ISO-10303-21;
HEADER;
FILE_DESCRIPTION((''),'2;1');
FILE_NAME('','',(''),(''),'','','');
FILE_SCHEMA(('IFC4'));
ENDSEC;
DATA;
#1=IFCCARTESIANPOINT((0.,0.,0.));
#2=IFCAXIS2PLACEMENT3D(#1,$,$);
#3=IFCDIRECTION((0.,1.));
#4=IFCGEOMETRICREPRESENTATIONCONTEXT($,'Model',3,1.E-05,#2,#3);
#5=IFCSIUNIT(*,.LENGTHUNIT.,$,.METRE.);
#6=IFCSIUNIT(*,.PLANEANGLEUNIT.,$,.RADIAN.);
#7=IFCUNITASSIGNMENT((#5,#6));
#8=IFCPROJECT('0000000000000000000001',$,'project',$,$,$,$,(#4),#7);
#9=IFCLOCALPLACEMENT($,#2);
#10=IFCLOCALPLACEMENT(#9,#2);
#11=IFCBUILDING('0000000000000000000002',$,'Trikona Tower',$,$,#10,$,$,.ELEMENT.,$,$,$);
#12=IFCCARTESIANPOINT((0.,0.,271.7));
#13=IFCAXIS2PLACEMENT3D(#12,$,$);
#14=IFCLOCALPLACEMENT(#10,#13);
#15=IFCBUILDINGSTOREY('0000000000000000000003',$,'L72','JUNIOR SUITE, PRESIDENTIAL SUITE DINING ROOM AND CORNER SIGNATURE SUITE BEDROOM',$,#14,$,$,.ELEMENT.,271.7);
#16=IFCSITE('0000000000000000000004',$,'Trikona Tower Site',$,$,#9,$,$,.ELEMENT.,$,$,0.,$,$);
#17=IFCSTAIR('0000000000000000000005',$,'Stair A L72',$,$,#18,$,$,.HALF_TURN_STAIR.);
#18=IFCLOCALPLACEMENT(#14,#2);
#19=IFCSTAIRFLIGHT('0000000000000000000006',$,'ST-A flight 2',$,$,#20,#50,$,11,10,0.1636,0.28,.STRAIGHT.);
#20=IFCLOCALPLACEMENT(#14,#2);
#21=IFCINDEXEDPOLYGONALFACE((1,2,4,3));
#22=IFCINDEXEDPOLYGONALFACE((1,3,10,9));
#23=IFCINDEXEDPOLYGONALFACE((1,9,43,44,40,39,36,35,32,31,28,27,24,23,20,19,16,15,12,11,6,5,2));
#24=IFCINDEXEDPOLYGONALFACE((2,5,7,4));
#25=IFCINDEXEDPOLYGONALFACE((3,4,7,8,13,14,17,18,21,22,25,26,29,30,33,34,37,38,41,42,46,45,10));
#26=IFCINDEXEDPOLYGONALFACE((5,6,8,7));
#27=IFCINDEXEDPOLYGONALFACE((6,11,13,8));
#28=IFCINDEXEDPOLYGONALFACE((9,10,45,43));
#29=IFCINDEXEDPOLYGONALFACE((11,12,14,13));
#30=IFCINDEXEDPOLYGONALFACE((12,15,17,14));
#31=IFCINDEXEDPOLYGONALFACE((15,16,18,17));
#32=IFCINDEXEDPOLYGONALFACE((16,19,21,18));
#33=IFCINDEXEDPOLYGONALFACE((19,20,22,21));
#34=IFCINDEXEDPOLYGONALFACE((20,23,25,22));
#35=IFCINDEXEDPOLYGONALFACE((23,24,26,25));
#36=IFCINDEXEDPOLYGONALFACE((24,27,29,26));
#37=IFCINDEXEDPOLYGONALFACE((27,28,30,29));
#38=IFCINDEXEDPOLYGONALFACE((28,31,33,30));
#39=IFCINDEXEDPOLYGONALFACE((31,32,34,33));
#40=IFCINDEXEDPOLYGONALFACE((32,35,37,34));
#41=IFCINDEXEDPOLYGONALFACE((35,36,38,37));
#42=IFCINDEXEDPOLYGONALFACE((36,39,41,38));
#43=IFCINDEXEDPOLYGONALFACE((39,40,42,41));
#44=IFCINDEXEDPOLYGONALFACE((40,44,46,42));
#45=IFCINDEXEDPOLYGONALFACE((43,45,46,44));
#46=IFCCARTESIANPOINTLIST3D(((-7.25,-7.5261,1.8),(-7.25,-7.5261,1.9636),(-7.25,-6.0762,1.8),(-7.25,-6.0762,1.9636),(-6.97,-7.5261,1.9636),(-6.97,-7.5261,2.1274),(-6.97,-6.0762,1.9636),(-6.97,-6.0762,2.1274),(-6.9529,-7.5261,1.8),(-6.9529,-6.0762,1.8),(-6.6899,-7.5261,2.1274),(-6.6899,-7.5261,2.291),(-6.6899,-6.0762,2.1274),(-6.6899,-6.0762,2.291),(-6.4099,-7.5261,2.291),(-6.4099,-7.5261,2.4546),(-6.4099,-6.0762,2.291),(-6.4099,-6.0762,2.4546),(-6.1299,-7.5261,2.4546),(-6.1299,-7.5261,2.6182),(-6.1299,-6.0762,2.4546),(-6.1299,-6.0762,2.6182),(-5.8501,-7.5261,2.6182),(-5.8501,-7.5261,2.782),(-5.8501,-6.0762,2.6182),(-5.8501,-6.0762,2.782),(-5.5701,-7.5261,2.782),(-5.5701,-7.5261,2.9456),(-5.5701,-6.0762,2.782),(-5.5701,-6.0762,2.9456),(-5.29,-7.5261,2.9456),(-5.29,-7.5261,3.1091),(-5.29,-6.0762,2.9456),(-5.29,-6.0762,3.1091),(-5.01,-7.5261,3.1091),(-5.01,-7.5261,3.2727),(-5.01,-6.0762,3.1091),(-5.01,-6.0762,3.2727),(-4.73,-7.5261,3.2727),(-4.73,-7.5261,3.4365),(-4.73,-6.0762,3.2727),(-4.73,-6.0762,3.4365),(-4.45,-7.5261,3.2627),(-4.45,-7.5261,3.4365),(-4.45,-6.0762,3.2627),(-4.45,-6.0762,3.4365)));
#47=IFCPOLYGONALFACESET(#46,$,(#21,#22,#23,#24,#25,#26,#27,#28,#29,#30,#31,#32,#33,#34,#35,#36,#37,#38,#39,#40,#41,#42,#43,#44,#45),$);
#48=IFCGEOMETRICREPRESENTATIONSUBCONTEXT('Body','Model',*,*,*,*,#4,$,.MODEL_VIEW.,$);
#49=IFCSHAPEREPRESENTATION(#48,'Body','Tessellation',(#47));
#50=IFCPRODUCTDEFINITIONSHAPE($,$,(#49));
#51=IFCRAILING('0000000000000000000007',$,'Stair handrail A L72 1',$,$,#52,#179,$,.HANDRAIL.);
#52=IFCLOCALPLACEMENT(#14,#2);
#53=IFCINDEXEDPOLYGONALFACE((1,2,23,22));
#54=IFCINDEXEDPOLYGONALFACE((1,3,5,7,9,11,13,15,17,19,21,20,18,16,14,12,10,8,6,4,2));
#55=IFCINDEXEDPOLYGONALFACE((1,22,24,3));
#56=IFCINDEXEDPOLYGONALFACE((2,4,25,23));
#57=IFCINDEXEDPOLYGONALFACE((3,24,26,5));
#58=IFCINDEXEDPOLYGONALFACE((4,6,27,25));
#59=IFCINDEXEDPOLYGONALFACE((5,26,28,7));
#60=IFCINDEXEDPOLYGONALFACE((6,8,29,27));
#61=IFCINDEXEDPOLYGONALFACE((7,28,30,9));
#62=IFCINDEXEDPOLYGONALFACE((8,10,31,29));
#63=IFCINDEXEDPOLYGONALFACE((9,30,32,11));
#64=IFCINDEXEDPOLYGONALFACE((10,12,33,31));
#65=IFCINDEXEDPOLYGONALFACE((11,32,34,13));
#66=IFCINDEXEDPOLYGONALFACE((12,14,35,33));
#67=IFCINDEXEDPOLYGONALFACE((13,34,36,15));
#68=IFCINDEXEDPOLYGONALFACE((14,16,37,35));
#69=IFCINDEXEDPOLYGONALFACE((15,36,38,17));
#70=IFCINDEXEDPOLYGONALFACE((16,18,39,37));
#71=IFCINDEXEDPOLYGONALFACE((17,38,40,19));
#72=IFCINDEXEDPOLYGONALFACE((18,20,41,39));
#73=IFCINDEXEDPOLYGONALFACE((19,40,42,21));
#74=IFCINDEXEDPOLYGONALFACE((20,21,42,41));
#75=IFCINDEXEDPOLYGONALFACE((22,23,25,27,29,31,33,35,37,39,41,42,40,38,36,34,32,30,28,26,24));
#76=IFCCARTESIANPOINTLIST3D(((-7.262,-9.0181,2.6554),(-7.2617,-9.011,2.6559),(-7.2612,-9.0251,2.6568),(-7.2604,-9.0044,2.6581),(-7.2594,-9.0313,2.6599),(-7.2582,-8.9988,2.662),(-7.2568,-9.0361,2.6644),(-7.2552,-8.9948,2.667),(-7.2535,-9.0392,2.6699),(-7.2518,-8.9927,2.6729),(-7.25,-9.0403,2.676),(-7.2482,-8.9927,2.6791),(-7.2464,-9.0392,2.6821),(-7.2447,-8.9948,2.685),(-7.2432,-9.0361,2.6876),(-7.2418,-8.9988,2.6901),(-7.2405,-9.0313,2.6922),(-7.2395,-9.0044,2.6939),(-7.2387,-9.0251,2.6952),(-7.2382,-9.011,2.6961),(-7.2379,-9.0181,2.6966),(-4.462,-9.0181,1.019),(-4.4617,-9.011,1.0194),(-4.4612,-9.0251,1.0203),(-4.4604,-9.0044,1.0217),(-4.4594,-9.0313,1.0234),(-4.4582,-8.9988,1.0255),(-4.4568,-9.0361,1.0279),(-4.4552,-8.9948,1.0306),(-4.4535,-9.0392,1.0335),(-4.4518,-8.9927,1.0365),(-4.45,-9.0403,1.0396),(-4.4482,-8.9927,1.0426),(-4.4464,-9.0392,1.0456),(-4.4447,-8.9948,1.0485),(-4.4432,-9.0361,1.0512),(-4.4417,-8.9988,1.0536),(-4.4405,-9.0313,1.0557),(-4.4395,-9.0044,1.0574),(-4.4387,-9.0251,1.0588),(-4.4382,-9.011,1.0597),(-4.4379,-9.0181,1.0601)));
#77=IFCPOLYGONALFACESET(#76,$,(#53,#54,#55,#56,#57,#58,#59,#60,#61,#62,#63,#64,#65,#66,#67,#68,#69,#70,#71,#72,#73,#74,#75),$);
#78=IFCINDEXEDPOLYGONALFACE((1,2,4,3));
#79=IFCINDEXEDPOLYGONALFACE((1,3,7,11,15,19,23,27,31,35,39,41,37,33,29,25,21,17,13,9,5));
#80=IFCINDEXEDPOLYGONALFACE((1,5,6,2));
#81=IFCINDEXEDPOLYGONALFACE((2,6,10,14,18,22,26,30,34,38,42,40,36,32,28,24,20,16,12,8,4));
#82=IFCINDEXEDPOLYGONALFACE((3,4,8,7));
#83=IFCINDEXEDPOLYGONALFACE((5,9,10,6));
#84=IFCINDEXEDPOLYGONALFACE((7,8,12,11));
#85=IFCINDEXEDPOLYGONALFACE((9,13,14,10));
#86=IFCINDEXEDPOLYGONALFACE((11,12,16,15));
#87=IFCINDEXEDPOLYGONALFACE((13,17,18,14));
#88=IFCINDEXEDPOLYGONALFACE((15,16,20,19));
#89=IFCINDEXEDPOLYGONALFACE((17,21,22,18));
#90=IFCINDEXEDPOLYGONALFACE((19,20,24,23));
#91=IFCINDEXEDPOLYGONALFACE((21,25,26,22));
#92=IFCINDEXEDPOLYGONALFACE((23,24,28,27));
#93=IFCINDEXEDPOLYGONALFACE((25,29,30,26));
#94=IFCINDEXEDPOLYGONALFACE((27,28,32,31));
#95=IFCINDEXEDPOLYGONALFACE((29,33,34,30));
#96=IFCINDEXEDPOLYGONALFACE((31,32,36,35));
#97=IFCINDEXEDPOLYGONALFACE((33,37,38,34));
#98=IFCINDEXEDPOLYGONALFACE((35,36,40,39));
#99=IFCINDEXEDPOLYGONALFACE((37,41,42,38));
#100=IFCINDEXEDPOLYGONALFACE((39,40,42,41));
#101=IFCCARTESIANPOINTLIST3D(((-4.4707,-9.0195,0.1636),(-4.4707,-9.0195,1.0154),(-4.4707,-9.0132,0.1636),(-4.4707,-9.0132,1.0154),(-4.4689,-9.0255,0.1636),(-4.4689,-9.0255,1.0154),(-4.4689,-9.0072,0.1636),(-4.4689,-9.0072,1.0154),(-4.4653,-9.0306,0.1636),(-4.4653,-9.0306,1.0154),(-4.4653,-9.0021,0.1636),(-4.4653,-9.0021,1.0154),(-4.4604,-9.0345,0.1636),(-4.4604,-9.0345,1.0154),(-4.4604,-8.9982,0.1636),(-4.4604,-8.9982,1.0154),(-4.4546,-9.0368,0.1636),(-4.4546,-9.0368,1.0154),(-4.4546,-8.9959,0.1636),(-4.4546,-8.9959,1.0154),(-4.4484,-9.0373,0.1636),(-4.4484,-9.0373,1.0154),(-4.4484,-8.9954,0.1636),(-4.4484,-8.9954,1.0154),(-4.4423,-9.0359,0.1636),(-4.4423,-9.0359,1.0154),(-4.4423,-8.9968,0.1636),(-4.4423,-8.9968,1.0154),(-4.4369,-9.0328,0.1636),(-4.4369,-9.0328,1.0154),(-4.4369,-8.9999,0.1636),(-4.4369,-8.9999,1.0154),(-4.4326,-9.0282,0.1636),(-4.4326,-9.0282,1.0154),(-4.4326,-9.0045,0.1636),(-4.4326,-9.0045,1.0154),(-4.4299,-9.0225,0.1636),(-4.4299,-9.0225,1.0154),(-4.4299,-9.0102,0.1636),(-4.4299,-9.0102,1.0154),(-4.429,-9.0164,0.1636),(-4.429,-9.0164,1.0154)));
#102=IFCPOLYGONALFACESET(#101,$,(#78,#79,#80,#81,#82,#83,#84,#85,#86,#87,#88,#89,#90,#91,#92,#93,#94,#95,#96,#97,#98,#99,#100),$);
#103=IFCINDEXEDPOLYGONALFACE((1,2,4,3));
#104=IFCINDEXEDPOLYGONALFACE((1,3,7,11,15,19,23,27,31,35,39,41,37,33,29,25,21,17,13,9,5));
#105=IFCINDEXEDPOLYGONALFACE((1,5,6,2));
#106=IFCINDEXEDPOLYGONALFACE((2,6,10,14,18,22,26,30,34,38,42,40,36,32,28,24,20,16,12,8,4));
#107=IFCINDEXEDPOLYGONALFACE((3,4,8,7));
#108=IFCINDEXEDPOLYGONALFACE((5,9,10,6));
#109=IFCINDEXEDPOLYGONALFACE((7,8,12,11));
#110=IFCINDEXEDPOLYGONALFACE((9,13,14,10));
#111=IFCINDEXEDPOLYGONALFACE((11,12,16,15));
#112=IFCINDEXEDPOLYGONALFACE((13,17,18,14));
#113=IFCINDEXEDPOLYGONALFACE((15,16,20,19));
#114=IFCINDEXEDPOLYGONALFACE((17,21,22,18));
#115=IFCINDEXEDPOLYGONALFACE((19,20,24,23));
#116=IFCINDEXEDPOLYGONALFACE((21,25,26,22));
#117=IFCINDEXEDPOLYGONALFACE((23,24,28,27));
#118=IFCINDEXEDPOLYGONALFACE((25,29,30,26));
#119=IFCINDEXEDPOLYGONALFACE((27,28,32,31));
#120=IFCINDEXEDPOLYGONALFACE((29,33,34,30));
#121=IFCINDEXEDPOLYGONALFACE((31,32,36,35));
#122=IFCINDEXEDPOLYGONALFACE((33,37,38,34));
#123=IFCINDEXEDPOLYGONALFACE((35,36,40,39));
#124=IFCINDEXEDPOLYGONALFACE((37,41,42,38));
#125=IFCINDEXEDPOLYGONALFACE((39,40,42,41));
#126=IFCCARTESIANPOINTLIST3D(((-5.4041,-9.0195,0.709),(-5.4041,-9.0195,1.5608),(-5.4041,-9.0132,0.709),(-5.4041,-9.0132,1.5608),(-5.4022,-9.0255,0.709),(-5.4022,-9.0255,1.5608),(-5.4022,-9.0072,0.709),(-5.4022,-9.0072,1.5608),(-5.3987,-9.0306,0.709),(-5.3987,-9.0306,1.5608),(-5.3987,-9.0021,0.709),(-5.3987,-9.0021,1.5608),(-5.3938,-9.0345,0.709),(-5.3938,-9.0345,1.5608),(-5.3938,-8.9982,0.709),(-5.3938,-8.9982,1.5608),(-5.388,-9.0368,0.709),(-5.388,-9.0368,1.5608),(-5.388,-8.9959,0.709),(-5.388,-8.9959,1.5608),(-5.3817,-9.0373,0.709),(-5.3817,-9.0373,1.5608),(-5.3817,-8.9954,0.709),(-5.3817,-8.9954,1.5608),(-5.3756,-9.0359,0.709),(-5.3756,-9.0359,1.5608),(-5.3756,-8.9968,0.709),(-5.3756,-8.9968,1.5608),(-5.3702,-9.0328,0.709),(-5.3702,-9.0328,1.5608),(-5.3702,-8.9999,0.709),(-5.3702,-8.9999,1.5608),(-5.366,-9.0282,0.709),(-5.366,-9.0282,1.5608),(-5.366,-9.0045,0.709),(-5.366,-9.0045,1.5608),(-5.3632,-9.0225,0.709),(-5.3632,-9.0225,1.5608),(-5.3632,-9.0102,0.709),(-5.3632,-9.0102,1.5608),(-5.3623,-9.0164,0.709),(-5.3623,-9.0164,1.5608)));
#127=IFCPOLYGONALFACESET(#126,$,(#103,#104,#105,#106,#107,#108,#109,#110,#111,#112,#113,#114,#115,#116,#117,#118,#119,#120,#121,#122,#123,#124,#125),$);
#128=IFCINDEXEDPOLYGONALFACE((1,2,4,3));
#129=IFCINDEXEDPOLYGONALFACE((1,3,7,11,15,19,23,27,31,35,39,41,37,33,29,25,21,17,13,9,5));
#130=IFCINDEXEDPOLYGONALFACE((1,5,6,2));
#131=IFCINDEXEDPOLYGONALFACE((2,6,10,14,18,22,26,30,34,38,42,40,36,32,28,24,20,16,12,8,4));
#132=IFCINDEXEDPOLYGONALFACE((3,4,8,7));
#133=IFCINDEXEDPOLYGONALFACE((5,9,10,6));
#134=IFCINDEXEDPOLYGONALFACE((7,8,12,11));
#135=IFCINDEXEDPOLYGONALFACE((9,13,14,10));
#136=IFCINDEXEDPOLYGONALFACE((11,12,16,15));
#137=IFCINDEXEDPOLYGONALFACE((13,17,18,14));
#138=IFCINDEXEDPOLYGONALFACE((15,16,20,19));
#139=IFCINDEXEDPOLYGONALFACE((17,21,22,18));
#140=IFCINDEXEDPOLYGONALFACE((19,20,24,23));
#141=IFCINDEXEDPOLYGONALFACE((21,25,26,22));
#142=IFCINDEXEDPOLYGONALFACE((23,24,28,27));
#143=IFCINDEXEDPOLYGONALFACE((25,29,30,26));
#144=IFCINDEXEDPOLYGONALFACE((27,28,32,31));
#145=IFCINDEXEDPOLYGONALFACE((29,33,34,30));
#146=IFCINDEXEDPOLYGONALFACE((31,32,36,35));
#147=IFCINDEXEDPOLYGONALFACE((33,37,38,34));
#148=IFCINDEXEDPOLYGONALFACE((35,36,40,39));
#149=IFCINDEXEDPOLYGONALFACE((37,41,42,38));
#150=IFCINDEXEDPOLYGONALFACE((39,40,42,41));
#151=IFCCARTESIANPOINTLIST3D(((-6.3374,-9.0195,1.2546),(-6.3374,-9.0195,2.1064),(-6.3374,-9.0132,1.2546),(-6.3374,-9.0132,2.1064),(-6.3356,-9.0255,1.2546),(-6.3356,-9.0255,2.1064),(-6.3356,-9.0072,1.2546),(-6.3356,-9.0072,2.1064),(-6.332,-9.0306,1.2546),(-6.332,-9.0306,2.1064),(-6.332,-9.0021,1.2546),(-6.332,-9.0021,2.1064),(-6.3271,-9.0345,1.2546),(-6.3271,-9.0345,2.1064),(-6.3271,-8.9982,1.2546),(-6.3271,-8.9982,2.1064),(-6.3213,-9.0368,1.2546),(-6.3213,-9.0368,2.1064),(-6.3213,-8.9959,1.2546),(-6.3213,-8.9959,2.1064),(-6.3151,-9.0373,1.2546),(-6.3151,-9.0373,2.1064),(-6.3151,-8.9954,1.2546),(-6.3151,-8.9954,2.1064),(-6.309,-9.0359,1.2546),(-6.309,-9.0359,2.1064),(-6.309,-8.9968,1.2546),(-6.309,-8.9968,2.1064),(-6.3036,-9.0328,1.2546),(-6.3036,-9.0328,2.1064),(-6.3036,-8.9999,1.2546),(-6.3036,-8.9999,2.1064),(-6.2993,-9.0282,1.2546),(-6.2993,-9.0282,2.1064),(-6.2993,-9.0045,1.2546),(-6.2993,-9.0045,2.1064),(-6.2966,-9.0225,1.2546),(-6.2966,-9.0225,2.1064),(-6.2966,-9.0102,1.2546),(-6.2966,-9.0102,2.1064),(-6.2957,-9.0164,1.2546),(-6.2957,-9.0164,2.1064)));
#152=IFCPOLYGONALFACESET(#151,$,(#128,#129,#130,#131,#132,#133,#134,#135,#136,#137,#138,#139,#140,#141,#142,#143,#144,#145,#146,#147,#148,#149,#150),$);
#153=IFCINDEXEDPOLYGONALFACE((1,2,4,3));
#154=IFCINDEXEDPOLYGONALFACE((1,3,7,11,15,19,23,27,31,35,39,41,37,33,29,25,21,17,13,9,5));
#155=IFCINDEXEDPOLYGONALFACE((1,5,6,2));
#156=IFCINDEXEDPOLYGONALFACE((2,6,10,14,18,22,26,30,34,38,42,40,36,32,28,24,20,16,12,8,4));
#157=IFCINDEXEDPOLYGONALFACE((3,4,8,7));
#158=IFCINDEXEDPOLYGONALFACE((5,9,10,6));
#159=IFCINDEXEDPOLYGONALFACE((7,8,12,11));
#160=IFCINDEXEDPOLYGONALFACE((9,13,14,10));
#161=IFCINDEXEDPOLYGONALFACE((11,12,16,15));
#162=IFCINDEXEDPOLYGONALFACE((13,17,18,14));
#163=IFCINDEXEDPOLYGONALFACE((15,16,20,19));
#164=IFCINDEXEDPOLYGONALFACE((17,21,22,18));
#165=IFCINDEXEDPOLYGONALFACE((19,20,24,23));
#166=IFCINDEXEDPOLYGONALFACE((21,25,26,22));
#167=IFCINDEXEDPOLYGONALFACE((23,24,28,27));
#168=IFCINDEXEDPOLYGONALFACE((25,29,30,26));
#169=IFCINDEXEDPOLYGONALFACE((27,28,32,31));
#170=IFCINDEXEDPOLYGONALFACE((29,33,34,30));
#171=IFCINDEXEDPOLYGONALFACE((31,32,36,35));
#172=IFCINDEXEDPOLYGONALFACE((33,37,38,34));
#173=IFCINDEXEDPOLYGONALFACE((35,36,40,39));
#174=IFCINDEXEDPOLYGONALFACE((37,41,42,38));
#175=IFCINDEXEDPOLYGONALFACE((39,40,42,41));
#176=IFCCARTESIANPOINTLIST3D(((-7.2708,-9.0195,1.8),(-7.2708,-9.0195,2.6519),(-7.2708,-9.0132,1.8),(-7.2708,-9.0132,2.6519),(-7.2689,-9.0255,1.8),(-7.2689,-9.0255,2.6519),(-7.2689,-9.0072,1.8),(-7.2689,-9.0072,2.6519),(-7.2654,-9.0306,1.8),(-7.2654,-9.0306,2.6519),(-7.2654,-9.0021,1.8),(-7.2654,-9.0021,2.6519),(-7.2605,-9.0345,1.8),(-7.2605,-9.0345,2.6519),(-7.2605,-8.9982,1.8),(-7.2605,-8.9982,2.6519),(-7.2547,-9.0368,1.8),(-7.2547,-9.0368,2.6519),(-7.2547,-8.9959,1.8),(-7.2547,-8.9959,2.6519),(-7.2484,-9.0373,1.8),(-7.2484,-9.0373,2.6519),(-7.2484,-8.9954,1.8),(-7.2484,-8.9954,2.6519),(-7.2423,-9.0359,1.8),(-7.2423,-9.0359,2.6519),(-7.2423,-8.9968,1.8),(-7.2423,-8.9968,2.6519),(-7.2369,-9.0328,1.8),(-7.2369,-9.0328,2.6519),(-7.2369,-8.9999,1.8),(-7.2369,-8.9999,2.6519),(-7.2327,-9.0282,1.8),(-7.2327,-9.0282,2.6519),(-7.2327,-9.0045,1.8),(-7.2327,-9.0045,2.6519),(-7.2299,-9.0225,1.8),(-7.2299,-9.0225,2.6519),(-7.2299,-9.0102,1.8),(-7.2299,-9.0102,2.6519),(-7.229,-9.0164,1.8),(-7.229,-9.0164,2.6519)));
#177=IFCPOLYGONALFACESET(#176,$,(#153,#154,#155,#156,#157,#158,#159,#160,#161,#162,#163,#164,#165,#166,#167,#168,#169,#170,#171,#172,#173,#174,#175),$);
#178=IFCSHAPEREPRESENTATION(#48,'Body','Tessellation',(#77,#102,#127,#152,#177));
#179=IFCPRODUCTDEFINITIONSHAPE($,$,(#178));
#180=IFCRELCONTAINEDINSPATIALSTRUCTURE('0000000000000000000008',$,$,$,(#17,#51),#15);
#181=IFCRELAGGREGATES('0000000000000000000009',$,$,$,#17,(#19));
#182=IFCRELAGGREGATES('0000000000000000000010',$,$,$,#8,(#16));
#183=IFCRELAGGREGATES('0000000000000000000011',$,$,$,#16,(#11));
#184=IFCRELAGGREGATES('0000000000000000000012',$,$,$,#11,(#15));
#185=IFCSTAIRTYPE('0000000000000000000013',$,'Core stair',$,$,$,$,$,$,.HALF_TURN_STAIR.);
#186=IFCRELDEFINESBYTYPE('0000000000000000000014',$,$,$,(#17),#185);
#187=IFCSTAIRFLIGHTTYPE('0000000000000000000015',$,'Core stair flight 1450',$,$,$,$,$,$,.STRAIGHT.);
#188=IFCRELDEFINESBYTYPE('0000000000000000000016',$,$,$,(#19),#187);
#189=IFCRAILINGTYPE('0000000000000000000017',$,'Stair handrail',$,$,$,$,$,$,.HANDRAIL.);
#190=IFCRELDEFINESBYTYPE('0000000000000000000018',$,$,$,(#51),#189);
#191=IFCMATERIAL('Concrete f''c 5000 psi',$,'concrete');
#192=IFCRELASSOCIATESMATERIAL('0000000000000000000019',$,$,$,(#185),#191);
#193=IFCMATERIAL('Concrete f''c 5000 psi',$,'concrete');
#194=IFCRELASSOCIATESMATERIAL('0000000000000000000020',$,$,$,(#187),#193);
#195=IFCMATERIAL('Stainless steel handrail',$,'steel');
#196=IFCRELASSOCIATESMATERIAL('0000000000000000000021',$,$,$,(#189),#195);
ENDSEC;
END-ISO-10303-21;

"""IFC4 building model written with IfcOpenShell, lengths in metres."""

from ifc_helpers import new_model, si_unit, direction, frame, origin, origin_2d, place, context, subcontext, project, spatial, polyline, circle, outline, extrude, material, type_object, element, aggregate, save


model = new_model("IFC4")

# Units and contexts
model_context = context("Model", 3, precision=1e-05, world=origin(), true_north=direction((0.0, 1.0)))
body_context = subcontext(model_context, "Body", "Model", "MODEL_VIEW")
ifc_project = project(units=[si_unit("LENGTHUNIT", "METRE"), si_unit("PLANEANGLEUNIT", "RADIAN")], contexts=[model_context])

# Site, building, storey
site_placement = place(None, origin())
site = spatial("IfcSite", under=ifc_project, at=site_placement, Name="Trikona Tower Site", CompositionType="ELEMENT", RefElevation=0.0)
building_placement = place(site_placement, origin())
building = spatial("IfcBuilding", under=site, at=building_placement, Name="Trikona Tower", CompositionType="ELEMENT")
storey_placement = place(building_placement, frame((0.0, 0.0, 271.7)))
storey = spatial("IfcBuildingStorey", under=building, at=storey_placement, Name="L72", Description="JUNIOR SUITE, PRESIDENTIAL SUITE DINING ROOM AND CORNER SIGNATURE SUITE BEDROOM", CompositionType="ELEMENT", Elevation=271.7)

# Stair, stair flight
ifc_material_1 = material(Name="Concrete f'c 5000 psi", Category="concrete")
stair_type = type_object("IfcStairType", Name="Core stair", PredefinedType="HALF_TURN_STAIR", material=ifc_material_1)
stair_placement = place(storey_placement, origin())
stair = element("IfcStair", 1, at=stair_placement, inside=storey, type_object=stair_type, Name="Stair A L72", PredefinedType="HALF_TURN_STAIR")
ifc_material_2 = material(Name="Concrete f'c 5000 psi", Category="concrete")
stair_flight_type = type_object("IfcStairFlightType", Name="Core stair flight 1450", PredefinedType="STRAIGHT", material=ifc_material_2)
stair_flight_1_placement = place(storey_placement, frame((-7.25, -6.8013, 1.8), z_axis=(0.0, 0.0, 1.0), x_axis=(1.0, 0.0, 0.0)))
stair_flight_1 = element("IfcStairFlight", 2, at=stair_flight_1_placement, type_object=stair_flight_type, Name="ST-A flight 2", NumberOfRisers=11, NumberOfTreads=10, PredefinedType="STRAIGHT", RiserHeight=0.1636, TreadLength=0.28, context=body_context, shape_type="SweptSolid", body=[
    extrude(outline(polyline([(0.0, 0.0), (0.0, 0.1636), (0.28, 0.1636), (0.28, 0.3274), (0.5601, 0.3274), (0.5601, 0.491), (0.8401, 0.491), (0.8401, 0.6545), (1.1201, 0.6545), (1.1201, 0.8181), (1.3999, 0.8181), (1.3999, 0.9819), (1.6799, 0.9819), (1.6799, 1.1455), (1.96, 1.1455), (1.96, 1.3091), (2.24, 1.3091), (2.24, 1.4727), (2.52, 1.4727), (2.52, 1.6365), (2.8, 1.6365), (2.8, 1.8), (2.8, 1.4626), (0.2971, 0.0), (0.0, 0.0)])), frame((0.0, 0.7251, 0.0), z_axis=(0.0, -1.0, 0.0), x_axis=(1.0, 0.0, 0.0)), (0.0, 0.0, 1.0), 1.45),
])
aggregate(stair, [stair_flight_1])

# Railing
ifc_material_3 = material(Name="Stainless steel handrail", Category="steel")
railing_type = type_object("IfcRailingType", Name="Stair handrail", PredefinedType="HANDRAIL", material=ifc_material_3)
railing_1_placement = place(storey_placement, frame((-4.45, -9.0164, 0.1636)))
element("IfcRailing", 3, at=railing_1_placement, inside=storey, type_object=railing_type, Name="Stair handrail A L72 1", PredefinedType="HANDRAIL", context=body_context, shape_type="SweptSolid", body=[
    extrude(circle(Radius=0.0239, at=origin_2d()), frame((0.0, 0.0, 0.876), z_axis=(-0.863361, 0.0, 0.504587), x_axis=(0.0, -1.0, 0.0)), (0.0, 0.0, 1.0), 3.2432),
    extrude(circle(Radius=0.021, at=origin_2d()), origin(), (0.0, 0.0, 1.0), 0.8518),
    extrude(circle(Radius=0.021, at=origin_2d()), frame((-0.9333, 0.0, 0.5454)), (0.0, 0.0, 1.0), 0.8518),
    extrude(circle(Radius=0.021, at=origin_2d()), frame((-1.8667, 0.0, 1.0911)), (0.0, 0.0, 1.0), 0.8518),
    extrude(circle(Radius=0.021, at=origin_2d()), frame((-2.8, 0.0, 1.6365)), (0.0, 0.0, 1.0), 0.8518),
])

save(model, "model.ifc")
